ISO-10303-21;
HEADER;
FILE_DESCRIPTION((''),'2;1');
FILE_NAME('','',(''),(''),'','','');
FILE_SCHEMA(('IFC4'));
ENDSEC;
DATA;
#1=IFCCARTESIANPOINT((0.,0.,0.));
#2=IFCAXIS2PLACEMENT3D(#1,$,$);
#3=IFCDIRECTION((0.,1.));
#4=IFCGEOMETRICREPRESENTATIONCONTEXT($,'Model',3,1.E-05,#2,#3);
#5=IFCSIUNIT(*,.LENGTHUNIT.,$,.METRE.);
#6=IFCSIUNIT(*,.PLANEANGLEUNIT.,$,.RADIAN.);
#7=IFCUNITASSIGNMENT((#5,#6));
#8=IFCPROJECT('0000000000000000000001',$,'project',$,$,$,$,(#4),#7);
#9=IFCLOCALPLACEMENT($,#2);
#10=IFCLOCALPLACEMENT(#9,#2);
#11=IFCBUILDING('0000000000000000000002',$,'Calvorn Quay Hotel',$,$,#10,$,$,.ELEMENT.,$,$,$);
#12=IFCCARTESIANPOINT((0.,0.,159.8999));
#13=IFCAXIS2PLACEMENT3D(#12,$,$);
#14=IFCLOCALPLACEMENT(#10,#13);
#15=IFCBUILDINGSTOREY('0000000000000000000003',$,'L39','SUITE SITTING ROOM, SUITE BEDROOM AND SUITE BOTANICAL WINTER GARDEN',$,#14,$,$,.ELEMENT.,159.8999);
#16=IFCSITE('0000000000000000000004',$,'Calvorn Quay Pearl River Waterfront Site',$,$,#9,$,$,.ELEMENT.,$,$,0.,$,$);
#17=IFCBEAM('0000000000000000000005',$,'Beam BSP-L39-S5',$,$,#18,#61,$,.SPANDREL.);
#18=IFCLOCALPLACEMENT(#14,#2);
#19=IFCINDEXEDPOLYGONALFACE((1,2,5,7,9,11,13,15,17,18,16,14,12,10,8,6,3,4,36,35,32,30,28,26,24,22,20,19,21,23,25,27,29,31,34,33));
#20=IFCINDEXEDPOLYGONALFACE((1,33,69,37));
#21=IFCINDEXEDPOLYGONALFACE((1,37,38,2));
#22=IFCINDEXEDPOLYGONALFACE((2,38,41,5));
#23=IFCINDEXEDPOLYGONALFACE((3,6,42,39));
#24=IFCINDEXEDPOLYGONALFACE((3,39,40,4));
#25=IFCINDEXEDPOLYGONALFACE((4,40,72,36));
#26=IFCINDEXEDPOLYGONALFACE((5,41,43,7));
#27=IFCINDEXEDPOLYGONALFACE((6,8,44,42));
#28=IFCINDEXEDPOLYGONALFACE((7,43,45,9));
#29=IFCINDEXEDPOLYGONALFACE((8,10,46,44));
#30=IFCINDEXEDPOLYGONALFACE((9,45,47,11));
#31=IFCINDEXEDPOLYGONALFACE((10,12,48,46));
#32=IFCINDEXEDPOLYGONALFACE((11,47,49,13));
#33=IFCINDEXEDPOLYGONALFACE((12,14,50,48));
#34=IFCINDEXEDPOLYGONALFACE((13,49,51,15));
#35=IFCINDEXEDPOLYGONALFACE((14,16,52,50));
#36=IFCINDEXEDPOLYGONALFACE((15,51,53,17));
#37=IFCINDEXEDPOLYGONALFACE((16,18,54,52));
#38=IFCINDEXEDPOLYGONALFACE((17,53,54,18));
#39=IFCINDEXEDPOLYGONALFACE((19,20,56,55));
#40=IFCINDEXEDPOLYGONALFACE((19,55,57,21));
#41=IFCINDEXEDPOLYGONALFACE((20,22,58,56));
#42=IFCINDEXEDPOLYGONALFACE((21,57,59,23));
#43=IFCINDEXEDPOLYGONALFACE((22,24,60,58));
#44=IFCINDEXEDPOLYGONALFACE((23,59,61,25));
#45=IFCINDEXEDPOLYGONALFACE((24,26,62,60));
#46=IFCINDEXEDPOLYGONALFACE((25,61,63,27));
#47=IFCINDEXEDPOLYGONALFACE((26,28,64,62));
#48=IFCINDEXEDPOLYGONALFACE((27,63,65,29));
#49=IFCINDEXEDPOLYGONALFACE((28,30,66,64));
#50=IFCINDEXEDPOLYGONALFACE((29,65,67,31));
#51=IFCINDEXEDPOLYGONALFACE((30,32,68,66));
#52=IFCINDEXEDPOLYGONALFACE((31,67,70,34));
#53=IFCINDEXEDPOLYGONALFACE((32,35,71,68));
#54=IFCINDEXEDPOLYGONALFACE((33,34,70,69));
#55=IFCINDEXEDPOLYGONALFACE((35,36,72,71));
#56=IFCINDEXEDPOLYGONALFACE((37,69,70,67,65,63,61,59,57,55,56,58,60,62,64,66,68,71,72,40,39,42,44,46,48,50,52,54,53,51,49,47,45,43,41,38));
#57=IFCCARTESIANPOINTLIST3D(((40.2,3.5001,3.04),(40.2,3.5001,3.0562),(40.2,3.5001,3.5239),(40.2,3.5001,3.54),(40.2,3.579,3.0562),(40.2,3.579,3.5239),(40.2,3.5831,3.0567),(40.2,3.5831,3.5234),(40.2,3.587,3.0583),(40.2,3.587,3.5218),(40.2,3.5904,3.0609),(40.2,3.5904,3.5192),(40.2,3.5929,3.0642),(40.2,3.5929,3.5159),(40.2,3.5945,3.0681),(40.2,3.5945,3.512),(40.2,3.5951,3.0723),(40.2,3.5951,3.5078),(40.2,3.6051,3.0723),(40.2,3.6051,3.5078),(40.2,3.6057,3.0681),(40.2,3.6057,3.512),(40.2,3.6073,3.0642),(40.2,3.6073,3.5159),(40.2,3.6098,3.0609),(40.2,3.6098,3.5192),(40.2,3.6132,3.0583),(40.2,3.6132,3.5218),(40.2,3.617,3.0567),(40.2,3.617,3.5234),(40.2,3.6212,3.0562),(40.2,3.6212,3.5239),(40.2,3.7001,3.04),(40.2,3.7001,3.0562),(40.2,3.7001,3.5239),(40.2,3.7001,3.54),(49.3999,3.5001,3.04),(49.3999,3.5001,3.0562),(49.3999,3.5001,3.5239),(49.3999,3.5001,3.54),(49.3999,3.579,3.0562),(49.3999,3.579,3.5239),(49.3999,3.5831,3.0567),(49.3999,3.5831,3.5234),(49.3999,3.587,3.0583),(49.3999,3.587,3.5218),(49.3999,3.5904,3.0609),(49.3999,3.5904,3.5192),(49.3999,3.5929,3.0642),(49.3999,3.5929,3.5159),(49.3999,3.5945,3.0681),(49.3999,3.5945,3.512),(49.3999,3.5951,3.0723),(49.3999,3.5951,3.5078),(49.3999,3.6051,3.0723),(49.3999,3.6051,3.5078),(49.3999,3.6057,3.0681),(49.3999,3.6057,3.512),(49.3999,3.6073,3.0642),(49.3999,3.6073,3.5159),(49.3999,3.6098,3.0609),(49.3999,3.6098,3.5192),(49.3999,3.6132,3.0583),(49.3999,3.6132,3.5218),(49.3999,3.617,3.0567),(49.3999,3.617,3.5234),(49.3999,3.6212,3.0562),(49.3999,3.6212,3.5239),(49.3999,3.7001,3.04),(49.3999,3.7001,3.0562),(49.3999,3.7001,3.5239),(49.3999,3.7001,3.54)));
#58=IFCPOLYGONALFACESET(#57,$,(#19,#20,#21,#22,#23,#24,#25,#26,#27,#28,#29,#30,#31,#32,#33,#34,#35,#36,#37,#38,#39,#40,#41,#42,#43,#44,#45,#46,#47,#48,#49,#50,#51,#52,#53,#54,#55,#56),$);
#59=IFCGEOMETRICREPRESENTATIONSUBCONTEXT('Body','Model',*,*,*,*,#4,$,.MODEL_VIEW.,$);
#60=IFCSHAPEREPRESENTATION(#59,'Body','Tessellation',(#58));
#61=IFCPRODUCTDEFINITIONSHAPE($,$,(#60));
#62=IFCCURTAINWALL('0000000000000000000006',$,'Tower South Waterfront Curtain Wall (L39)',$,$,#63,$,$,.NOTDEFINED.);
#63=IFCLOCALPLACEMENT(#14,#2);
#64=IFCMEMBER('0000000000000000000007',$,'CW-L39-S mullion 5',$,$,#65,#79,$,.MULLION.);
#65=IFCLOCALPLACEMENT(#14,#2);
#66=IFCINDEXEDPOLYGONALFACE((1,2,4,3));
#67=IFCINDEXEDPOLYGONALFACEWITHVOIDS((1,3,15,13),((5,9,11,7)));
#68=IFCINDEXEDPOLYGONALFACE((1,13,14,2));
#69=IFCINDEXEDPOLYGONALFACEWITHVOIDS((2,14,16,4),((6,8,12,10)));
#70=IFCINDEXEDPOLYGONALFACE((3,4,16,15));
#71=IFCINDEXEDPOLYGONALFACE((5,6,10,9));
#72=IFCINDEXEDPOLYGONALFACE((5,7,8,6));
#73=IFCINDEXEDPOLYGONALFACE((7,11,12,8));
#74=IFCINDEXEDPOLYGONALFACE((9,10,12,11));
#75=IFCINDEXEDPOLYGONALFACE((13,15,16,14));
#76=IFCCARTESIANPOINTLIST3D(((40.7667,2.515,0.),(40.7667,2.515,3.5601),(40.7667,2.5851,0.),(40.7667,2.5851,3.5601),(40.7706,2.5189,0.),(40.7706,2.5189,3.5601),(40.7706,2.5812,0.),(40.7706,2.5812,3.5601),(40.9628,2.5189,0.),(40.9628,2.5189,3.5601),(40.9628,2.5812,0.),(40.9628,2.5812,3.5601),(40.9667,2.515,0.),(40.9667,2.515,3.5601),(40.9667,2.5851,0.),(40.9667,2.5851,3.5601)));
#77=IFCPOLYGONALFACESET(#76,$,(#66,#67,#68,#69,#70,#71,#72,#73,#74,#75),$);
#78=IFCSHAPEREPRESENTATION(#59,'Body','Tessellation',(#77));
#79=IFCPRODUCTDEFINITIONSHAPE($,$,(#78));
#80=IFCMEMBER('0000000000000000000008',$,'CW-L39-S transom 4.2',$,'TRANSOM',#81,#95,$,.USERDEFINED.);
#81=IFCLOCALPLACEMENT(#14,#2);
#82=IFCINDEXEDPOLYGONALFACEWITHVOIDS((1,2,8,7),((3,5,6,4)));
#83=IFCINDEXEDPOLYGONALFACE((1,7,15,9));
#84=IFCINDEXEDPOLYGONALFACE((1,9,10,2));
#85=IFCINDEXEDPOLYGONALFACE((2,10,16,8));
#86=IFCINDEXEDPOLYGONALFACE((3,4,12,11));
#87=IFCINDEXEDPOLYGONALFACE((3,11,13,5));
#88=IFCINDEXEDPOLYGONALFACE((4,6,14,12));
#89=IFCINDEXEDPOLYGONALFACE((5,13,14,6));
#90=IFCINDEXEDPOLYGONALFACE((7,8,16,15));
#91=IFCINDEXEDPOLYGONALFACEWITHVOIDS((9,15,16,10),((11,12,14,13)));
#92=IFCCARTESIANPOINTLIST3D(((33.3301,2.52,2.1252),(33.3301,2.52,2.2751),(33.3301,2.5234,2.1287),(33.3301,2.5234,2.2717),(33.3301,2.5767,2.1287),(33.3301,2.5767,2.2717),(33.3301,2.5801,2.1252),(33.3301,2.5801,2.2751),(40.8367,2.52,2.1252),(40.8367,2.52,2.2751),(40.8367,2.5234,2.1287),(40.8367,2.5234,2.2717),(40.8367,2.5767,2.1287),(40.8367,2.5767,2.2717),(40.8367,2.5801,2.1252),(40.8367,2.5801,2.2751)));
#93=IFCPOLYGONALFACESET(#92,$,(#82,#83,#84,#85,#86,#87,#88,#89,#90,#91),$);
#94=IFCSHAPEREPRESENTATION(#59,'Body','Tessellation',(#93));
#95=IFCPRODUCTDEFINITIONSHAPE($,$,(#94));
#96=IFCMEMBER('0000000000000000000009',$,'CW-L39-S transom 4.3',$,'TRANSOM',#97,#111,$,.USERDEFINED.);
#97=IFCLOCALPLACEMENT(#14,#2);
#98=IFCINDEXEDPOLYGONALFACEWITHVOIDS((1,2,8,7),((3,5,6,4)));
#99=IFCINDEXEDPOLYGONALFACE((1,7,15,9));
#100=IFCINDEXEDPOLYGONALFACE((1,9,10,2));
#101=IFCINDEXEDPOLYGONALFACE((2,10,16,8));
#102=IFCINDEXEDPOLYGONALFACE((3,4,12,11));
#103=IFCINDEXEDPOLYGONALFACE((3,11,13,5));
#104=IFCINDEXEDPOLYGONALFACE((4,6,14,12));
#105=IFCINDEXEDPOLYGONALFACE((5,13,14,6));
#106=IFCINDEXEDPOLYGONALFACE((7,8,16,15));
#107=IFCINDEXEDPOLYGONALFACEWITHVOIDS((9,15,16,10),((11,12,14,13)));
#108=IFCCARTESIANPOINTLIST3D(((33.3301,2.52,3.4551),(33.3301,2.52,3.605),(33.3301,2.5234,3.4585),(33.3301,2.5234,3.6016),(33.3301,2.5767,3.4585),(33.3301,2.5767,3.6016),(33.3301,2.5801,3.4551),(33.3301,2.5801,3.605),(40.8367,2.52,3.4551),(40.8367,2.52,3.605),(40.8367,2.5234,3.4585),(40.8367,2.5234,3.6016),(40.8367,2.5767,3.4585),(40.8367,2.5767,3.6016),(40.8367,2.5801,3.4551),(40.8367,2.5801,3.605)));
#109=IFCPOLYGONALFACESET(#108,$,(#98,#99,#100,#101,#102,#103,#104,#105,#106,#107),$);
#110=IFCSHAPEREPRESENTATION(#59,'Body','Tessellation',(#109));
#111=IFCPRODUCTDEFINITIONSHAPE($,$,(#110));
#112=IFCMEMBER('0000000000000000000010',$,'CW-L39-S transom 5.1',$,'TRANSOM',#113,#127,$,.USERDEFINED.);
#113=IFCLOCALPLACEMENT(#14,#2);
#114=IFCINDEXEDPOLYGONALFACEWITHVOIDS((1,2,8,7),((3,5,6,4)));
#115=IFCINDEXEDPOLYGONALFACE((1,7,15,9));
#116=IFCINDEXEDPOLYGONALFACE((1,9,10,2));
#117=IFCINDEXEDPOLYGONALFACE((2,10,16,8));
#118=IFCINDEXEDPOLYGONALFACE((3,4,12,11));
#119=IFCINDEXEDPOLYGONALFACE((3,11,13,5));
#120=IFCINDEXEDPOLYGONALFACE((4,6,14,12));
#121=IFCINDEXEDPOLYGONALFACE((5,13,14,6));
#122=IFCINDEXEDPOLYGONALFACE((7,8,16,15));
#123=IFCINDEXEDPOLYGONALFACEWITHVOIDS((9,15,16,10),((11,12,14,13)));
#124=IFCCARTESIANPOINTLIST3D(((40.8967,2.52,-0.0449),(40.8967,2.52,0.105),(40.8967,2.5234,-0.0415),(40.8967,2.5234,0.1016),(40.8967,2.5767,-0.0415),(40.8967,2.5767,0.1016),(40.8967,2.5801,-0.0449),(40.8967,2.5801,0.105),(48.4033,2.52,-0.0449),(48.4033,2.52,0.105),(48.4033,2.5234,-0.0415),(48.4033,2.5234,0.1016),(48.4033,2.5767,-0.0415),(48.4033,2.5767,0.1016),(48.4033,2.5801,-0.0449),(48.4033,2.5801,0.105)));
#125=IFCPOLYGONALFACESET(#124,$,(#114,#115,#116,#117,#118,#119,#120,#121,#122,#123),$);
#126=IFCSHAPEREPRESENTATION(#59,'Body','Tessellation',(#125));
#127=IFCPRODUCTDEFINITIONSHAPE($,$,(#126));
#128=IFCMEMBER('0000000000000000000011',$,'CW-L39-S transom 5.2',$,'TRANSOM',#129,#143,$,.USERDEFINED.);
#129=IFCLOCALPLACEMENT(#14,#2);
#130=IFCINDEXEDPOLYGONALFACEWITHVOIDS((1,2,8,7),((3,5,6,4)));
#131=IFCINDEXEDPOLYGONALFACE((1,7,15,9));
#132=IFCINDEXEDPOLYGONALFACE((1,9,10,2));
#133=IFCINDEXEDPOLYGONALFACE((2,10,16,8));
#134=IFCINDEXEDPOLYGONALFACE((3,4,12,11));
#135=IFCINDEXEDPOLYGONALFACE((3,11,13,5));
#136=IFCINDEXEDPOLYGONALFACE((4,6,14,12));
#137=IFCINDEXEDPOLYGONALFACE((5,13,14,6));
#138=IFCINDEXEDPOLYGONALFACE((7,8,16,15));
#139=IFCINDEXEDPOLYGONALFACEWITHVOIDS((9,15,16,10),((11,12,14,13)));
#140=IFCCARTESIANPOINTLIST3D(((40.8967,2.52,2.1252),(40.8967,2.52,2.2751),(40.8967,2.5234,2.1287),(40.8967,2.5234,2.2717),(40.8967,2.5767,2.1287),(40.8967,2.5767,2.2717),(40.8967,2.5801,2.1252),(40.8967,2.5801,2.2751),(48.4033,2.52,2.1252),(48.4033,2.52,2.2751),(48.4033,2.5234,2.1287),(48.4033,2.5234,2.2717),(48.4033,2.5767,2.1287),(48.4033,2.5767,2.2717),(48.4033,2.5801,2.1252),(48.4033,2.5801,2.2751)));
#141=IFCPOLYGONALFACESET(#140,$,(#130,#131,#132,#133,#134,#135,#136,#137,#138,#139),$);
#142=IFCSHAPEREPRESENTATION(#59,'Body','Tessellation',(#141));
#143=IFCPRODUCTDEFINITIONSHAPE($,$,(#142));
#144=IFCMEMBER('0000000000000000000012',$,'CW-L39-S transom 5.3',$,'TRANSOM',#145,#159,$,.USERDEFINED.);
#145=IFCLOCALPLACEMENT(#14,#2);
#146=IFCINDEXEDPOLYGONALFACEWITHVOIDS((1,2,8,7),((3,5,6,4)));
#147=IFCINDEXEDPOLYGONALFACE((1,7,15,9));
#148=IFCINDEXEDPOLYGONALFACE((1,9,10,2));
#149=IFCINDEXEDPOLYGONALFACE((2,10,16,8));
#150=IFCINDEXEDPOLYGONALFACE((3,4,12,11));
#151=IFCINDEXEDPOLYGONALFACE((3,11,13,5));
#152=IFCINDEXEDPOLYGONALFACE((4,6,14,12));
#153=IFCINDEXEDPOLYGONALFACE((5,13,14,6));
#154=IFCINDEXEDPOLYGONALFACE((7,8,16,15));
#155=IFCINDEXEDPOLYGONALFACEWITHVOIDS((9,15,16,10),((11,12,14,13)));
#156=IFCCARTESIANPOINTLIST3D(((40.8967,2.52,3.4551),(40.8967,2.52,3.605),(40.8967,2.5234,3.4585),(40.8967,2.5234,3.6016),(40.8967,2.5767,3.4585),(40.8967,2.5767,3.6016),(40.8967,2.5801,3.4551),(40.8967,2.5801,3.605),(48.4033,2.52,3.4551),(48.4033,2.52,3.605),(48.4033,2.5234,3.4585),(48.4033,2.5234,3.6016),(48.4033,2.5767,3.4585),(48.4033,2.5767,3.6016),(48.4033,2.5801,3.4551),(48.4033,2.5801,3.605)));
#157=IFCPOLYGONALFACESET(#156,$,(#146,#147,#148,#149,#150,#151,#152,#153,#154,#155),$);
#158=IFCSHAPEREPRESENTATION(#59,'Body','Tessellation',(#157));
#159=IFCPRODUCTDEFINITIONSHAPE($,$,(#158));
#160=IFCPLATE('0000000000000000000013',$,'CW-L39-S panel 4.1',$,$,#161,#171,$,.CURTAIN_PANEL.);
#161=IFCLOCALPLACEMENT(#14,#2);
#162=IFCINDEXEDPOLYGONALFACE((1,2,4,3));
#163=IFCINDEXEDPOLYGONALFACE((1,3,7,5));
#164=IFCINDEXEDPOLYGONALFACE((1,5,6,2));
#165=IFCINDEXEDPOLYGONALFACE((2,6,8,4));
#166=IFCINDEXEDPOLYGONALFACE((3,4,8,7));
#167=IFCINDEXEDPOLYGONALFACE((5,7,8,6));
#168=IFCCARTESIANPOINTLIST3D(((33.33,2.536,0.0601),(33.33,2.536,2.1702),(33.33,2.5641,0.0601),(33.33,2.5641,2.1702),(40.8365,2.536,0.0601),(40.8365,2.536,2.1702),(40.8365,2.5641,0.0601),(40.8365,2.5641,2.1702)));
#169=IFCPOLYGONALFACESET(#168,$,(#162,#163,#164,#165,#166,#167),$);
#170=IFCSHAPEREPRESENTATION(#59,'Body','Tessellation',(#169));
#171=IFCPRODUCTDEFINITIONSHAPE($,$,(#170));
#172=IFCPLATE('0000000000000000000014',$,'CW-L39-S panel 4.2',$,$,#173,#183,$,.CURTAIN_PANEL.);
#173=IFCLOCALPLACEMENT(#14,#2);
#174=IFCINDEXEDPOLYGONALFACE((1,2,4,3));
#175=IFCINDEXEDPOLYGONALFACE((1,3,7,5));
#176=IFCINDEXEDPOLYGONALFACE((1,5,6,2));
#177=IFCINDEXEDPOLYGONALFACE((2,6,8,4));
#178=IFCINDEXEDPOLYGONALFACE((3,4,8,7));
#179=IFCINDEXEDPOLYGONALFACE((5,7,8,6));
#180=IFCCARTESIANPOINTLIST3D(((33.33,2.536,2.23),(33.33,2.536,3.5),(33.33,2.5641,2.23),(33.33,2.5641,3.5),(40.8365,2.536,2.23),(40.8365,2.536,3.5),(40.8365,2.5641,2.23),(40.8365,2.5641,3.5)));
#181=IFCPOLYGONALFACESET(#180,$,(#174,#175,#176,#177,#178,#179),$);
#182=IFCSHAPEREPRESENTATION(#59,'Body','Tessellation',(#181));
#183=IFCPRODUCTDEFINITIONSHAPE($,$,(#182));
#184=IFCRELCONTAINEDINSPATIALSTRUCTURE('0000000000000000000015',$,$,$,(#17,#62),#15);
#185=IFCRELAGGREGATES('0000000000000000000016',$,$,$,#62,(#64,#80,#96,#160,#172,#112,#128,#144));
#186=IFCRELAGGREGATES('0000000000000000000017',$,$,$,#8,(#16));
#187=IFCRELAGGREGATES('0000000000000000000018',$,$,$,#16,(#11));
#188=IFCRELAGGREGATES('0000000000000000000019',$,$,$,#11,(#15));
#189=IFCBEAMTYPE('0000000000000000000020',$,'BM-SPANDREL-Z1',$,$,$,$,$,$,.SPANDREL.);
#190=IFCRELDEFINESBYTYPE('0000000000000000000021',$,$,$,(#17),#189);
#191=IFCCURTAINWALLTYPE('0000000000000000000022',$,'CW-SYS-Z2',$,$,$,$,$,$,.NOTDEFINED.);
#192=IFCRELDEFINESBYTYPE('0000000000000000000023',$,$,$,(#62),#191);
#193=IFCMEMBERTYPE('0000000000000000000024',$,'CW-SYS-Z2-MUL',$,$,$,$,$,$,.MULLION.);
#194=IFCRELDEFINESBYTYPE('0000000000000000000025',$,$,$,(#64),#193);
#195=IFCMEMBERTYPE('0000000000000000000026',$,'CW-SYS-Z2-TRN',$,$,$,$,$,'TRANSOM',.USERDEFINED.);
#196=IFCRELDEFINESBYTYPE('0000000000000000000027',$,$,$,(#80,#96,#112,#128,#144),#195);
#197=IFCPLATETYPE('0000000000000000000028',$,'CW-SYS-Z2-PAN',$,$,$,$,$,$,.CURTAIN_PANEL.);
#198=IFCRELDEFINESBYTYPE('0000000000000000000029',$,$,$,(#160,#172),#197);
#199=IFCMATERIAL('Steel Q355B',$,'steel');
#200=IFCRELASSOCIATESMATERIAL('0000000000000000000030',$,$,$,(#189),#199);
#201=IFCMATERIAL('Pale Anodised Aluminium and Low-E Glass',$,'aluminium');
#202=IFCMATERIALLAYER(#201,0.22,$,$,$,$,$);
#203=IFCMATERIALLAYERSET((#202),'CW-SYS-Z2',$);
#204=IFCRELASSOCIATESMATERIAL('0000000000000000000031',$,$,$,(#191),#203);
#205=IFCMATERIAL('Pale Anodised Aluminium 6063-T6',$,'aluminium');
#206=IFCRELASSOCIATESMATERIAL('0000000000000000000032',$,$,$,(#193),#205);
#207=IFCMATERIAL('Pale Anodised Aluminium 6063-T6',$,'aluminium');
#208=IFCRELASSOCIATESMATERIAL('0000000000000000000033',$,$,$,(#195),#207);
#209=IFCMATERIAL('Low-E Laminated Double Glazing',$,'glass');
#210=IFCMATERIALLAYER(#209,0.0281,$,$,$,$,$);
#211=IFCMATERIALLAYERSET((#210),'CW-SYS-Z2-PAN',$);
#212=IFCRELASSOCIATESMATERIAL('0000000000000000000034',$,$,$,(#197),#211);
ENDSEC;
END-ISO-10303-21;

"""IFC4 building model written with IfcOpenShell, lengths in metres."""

from ifc_helpers import new_model, si_unit, direction, frame, origin, origin_2d, place, context, subcontext, project, spatial, rectangle, hollow_rectangle, i_section, extrude, material, layer, layer_set, material_profile, profile_set, type_object, element, aggregate, save


model = new_model("IFC4")

# Units and contexts
model_context = context("Model", 3, precision=1e-05, world=origin(), true_north=direction((0.0, 1.0)))
body_context = subcontext(model_context, "Body", "Model", "MODEL_VIEW")
ifc_project = project(units=[si_unit("LENGTHUNIT", "METRE"), si_unit("PLANEANGLEUNIT", "RADIAN")], contexts=[model_context])

# Site, building, storey
site_placement = place(None, origin())
site = spatial("IfcSite", under=ifc_project, at=site_placement, Name="Calvorn Quay Pearl River Waterfront Site", CompositionType="ELEMENT", RefElevation=0.0)
building_placement = place(site_placement, origin())
building = spatial("IfcBuilding", under=site, at=building_placement, Name="Calvorn Quay Hotel", CompositionType="ELEMENT")
storey_placement = place(building_placement, frame((0.0, 0.0, 159.8999)))
storey = spatial("IfcBuildingStorey", under=building, at=storey_placement, Name="L39", Description="SUITE SITTING ROOM, SUITE BEDROOM AND SUITE BOTANICAL WINTER GARDEN", CompositionType="ELEMENT", Elevation=159.8999)

# Beam
ifc_material_1 = material(Name="Steel Q355B", Category="steel")
ifc_material_profile_1 = material_profile(ifc_material_1, i_section(OverallWidth=0.2, OverallDepth=0.5, WebThickness=0.01, FlangeThickness=0.0161, FilletRadius=0.0161, at=origin_2d()), Name="HN500x200x10x16")
ifc_profile_set_1 = profile_set([ifc_material_profile_1], Name="Steel Q355B")
beam_type_1 = type_object("IfcBeamType", Name="BM-SPANDREL-Z1", PredefinedType="SPANDREL", material=ifc_profile_set_1)
beam_1_placement = place(storey_placement, frame((40.2, 3.6001, 3.29), z_axis=(1.0, 0.0, 0.0), x_axis=(0.0, 1.0, 0.0)))
element("IfcBeam", 1, at=beam_1_placement, inside=storey, type_object=beam_type_1, Name="Beam BSP-L39-S5", PredefinedType="SPANDREL", context=body_context, shape_type="SweptSolid", body=[
    extrude(i_section(OverallWidth=0.2, OverallDepth=0.5, WebThickness=0.01, FlangeThickness=0.0161, FilletRadius=0.0161, at=origin_2d()), origin(), (0.0, 0.0, 1.0), 9.2),
])

# Curtain wall, members, plates
ifc_material_2 = material(Name="Pale Anodised Aluminium and Low-E Glass", Category="aluminium")
ifc_layer_1 = layer(ifc_material_2, 0.22)
ifc_layer_set_1 = layer_set([ifc_layer_1], Name="CW-SYS-Z2")
curtain_wall_type = type_object("IfcCurtainWallType", Name="CW-SYS-Z2", PredefinedType="NOTDEFINED", material=ifc_layer_set_1)
curtain_wall_placement = place(storey_placement, origin())
curtain_wall = element("IfcCurtainWall", 2, at=curtain_wall_placement, inside=storey, type_object=curtain_wall_type, Name="Tower South Waterfront Curtain Wall (L39)", PredefinedType="NOTDEFINED")
ifc_material_3 = material(Name="Pale Anodised Aluminium 6063-T6", Category="aluminium")
ifc_material_profile_2 = material_profile(ifc_material_3, hollow_rectangle(XDim=0.0701, YDim=0.2, WallThickness=0.0039, at=origin_2d()), Name="ALU-M200x70x4")
ifc_profile_set_2 = profile_set([ifc_material_profile_2], Name="Pale Anodised Aluminium 6063-T6")
member_type_1 = type_object("IfcMemberType", Name="CW-SYS-Z2-MUL", PredefinedType="MULLION", material=ifc_profile_set_2)
member_1_placement = place(storey_placement, frame((40.8667, 2.55, 0.0), z_axis=(0.0, 0.0, 1.0), x_axis=(0.0, 1.0, 0.0)))
member_1 = element("IfcMember", 3, at=member_1_placement, type_object=member_type_1, Name="CW-L39-S mullion 5", PredefinedType="MULLION", context=body_context, shape_type="SweptSolid", body=[
    extrude(hollow_rectangle(XDim=0.0701, YDim=0.2, WallThickness=0.0039, at=origin_2d()), origin(), (0.0, 0.0, 1.0), 3.5601),
])
ifc_material_4 = material(Name="Pale Anodised Aluminium 6063-T6", Category="aluminium")
ifc_material_profile_3 = material_profile(ifc_material_4, hollow_rectangle(XDim=0.0601, YDim=0.1499, WallThickness=0.0034, at=origin_2d()), Name="ALU-T150x60x3.5")
ifc_profile_set_3 = profile_set([ifc_material_profile_3], Name="Pale Anodised Aluminium 6063-T6")
member_type_2 = type_object("IfcMemberType", Name="CW-SYS-Z2-TRN", ElementType="TRANSOM", PredefinedType="USERDEFINED", material=ifc_profile_set_3)
member_2_placement = place(storey_placement, frame((33.3301, 2.55, 2.2002), z_axis=(1.0, 0.0, 0.0), x_axis=(0.0, 1.0, 0.0)))
member_2 = element("IfcMember", 4, at=member_2_placement, type_object=member_type_2, Name="CW-L39-S transom 4.2", ObjectType="TRANSOM", PredefinedType="USERDEFINED", context=body_context, shape_type="SweptSolid", body=[
    extrude(hollow_rectangle(XDim=0.0601, YDim=0.1499, WallThickness=0.0034, at=origin_2d()), origin(), (0.0, 0.0, 1.0), 7.5066),
])
member_3_placement = place(storey_placement, frame((33.3301, 2.55, 3.53), z_axis=(1.0, 0.0, 0.0), x_axis=(0.0, 1.0, 0.0)))
member_3 = element("IfcMember", 5, at=member_3_placement, type_object=member_type_2, Name="CW-L39-S transom 4.3", ObjectType="TRANSOM", PredefinedType="USERDEFINED", context=body_context, shape_type="SweptSolid", body=[
    extrude(hollow_rectangle(XDim=0.0601, YDim=0.1499, WallThickness=0.0034, at=origin_2d()), origin(), (0.0, 0.0, 1.0), 7.5066),
])
member_4_placement = place(storey_placement, frame((40.8967, 2.55, 0.03), z_axis=(1.0, 0.0, 0.0), x_axis=(0.0, 1.0, 0.0)))
member_4 = element("IfcMember", 6, at=member_4_placement, type_object=member_type_2, Name="CW-L39-S transom 5.1", ObjectType="TRANSOM", PredefinedType="USERDEFINED", context=body_context, shape_type="SweptSolid", body=[
    extrude(hollow_rectangle(XDim=0.0601, YDim=0.1499, WallThickness=0.0034, at=origin_2d()), origin(), (0.0, 0.0, 1.0), 7.5066),
])
member_5_placement = place(storey_placement, frame((40.8967, 2.55, 2.2002), z_axis=(1.0, 0.0, 0.0), x_axis=(0.0, 1.0, 0.0)))
member_5 = element("IfcMember", 7, at=member_5_placement, type_object=member_type_2, Name="CW-L39-S transom 5.2", ObjectType="TRANSOM", PredefinedType="USERDEFINED", context=body_context, shape_type="SweptSolid", body=[
    extrude(hollow_rectangle(XDim=0.0601, YDim=0.1499, WallThickness=0.0034, at=origin_2d()), origin(), (0.0, 0.0, 1.0), 7.5066),
])
member_6_placement = place(storey_placement, frame((40.8967, 2.55, 3.53), z_axis=(1.0, 0.0, 0.0), x_axis=(0.0, 1.0, 0.0)))
member_6 = element("IfcMember", 8, at=member_6_placement, type_object=member_type_2, Name="CW-L39-S transom 5.3", ObjectType="TRANSOM", PredefinedType="USERDEFINED", context=body_context, shape_type="SweptSolid", body=[
    extrude(hollow_rectangle(XDim=0.0601, YDim=0.1499, WallThickness=0.0034, at=origin_2d()), origin(), (0.0, 0.0, 1.0), 7.5066),
])
ifc_material_5 = material(Name="Low-E Laminated Double Glazing", Category="glass")
ifc_layer_2 = layer(ifc_material_5, 0.0281)
ifc_layer_set_2 = layer_set([ifc_layer_2], Name="CW-SYS-Z2-PAN")
plate_type = type_object("IfcPlateType", Name="CW-SYS-Z2-PAN", PredefinedType="CURTAIN_PANEL", material=ifc_layer_set_2)
plate_1_placement = place(storey_placement, frame((37.0833, 2.55, 0.0601), z_axis=(0.0, 0.0, 1.0), x_axis=(1.0, 0.0, 0.0)))
plate_1 = element("IfcPlate", 9, at=plate_1_placement, type_object=plate_type, Name="CW-L39-S panel 4.1", PredefinedType="CURTAIN_PANEL", context=body_context, shape_type="SweptSolid", body=[
    extrude(rectangle(XDim=7.5066, YDim=0.0281, at=origin_2d()), origin(), (0.0, 0.0, 1.0), 2.1101),
])
plate_2_placement = place(storey_placement, frame((37.0833, 2.55, 2.23), z_axis=(0.0, 0.0, 1.0), x_axis=(1.0, 0.0, 0.0)))
plate_2 = element("IfcPlate", 10, at=plate_2_placement, type_object=plate_type, Name="CW-L39-S panel 4.2", PredefinedType="CURTAIN_PANEL", context=body_context, shape_type="SweptSolid", body=[
    extrude(rectangle(XDim=7.5066, YDim=0.0281, at=origin_2d()), origin(), (0.0, 0.0, 1.0), 1.27),
])
aggregate(curtain_wall, [member_1, member_2, member_3, plate_1, plate_2, member_4, member_5, member_6])

save(model, "model.ifc")
